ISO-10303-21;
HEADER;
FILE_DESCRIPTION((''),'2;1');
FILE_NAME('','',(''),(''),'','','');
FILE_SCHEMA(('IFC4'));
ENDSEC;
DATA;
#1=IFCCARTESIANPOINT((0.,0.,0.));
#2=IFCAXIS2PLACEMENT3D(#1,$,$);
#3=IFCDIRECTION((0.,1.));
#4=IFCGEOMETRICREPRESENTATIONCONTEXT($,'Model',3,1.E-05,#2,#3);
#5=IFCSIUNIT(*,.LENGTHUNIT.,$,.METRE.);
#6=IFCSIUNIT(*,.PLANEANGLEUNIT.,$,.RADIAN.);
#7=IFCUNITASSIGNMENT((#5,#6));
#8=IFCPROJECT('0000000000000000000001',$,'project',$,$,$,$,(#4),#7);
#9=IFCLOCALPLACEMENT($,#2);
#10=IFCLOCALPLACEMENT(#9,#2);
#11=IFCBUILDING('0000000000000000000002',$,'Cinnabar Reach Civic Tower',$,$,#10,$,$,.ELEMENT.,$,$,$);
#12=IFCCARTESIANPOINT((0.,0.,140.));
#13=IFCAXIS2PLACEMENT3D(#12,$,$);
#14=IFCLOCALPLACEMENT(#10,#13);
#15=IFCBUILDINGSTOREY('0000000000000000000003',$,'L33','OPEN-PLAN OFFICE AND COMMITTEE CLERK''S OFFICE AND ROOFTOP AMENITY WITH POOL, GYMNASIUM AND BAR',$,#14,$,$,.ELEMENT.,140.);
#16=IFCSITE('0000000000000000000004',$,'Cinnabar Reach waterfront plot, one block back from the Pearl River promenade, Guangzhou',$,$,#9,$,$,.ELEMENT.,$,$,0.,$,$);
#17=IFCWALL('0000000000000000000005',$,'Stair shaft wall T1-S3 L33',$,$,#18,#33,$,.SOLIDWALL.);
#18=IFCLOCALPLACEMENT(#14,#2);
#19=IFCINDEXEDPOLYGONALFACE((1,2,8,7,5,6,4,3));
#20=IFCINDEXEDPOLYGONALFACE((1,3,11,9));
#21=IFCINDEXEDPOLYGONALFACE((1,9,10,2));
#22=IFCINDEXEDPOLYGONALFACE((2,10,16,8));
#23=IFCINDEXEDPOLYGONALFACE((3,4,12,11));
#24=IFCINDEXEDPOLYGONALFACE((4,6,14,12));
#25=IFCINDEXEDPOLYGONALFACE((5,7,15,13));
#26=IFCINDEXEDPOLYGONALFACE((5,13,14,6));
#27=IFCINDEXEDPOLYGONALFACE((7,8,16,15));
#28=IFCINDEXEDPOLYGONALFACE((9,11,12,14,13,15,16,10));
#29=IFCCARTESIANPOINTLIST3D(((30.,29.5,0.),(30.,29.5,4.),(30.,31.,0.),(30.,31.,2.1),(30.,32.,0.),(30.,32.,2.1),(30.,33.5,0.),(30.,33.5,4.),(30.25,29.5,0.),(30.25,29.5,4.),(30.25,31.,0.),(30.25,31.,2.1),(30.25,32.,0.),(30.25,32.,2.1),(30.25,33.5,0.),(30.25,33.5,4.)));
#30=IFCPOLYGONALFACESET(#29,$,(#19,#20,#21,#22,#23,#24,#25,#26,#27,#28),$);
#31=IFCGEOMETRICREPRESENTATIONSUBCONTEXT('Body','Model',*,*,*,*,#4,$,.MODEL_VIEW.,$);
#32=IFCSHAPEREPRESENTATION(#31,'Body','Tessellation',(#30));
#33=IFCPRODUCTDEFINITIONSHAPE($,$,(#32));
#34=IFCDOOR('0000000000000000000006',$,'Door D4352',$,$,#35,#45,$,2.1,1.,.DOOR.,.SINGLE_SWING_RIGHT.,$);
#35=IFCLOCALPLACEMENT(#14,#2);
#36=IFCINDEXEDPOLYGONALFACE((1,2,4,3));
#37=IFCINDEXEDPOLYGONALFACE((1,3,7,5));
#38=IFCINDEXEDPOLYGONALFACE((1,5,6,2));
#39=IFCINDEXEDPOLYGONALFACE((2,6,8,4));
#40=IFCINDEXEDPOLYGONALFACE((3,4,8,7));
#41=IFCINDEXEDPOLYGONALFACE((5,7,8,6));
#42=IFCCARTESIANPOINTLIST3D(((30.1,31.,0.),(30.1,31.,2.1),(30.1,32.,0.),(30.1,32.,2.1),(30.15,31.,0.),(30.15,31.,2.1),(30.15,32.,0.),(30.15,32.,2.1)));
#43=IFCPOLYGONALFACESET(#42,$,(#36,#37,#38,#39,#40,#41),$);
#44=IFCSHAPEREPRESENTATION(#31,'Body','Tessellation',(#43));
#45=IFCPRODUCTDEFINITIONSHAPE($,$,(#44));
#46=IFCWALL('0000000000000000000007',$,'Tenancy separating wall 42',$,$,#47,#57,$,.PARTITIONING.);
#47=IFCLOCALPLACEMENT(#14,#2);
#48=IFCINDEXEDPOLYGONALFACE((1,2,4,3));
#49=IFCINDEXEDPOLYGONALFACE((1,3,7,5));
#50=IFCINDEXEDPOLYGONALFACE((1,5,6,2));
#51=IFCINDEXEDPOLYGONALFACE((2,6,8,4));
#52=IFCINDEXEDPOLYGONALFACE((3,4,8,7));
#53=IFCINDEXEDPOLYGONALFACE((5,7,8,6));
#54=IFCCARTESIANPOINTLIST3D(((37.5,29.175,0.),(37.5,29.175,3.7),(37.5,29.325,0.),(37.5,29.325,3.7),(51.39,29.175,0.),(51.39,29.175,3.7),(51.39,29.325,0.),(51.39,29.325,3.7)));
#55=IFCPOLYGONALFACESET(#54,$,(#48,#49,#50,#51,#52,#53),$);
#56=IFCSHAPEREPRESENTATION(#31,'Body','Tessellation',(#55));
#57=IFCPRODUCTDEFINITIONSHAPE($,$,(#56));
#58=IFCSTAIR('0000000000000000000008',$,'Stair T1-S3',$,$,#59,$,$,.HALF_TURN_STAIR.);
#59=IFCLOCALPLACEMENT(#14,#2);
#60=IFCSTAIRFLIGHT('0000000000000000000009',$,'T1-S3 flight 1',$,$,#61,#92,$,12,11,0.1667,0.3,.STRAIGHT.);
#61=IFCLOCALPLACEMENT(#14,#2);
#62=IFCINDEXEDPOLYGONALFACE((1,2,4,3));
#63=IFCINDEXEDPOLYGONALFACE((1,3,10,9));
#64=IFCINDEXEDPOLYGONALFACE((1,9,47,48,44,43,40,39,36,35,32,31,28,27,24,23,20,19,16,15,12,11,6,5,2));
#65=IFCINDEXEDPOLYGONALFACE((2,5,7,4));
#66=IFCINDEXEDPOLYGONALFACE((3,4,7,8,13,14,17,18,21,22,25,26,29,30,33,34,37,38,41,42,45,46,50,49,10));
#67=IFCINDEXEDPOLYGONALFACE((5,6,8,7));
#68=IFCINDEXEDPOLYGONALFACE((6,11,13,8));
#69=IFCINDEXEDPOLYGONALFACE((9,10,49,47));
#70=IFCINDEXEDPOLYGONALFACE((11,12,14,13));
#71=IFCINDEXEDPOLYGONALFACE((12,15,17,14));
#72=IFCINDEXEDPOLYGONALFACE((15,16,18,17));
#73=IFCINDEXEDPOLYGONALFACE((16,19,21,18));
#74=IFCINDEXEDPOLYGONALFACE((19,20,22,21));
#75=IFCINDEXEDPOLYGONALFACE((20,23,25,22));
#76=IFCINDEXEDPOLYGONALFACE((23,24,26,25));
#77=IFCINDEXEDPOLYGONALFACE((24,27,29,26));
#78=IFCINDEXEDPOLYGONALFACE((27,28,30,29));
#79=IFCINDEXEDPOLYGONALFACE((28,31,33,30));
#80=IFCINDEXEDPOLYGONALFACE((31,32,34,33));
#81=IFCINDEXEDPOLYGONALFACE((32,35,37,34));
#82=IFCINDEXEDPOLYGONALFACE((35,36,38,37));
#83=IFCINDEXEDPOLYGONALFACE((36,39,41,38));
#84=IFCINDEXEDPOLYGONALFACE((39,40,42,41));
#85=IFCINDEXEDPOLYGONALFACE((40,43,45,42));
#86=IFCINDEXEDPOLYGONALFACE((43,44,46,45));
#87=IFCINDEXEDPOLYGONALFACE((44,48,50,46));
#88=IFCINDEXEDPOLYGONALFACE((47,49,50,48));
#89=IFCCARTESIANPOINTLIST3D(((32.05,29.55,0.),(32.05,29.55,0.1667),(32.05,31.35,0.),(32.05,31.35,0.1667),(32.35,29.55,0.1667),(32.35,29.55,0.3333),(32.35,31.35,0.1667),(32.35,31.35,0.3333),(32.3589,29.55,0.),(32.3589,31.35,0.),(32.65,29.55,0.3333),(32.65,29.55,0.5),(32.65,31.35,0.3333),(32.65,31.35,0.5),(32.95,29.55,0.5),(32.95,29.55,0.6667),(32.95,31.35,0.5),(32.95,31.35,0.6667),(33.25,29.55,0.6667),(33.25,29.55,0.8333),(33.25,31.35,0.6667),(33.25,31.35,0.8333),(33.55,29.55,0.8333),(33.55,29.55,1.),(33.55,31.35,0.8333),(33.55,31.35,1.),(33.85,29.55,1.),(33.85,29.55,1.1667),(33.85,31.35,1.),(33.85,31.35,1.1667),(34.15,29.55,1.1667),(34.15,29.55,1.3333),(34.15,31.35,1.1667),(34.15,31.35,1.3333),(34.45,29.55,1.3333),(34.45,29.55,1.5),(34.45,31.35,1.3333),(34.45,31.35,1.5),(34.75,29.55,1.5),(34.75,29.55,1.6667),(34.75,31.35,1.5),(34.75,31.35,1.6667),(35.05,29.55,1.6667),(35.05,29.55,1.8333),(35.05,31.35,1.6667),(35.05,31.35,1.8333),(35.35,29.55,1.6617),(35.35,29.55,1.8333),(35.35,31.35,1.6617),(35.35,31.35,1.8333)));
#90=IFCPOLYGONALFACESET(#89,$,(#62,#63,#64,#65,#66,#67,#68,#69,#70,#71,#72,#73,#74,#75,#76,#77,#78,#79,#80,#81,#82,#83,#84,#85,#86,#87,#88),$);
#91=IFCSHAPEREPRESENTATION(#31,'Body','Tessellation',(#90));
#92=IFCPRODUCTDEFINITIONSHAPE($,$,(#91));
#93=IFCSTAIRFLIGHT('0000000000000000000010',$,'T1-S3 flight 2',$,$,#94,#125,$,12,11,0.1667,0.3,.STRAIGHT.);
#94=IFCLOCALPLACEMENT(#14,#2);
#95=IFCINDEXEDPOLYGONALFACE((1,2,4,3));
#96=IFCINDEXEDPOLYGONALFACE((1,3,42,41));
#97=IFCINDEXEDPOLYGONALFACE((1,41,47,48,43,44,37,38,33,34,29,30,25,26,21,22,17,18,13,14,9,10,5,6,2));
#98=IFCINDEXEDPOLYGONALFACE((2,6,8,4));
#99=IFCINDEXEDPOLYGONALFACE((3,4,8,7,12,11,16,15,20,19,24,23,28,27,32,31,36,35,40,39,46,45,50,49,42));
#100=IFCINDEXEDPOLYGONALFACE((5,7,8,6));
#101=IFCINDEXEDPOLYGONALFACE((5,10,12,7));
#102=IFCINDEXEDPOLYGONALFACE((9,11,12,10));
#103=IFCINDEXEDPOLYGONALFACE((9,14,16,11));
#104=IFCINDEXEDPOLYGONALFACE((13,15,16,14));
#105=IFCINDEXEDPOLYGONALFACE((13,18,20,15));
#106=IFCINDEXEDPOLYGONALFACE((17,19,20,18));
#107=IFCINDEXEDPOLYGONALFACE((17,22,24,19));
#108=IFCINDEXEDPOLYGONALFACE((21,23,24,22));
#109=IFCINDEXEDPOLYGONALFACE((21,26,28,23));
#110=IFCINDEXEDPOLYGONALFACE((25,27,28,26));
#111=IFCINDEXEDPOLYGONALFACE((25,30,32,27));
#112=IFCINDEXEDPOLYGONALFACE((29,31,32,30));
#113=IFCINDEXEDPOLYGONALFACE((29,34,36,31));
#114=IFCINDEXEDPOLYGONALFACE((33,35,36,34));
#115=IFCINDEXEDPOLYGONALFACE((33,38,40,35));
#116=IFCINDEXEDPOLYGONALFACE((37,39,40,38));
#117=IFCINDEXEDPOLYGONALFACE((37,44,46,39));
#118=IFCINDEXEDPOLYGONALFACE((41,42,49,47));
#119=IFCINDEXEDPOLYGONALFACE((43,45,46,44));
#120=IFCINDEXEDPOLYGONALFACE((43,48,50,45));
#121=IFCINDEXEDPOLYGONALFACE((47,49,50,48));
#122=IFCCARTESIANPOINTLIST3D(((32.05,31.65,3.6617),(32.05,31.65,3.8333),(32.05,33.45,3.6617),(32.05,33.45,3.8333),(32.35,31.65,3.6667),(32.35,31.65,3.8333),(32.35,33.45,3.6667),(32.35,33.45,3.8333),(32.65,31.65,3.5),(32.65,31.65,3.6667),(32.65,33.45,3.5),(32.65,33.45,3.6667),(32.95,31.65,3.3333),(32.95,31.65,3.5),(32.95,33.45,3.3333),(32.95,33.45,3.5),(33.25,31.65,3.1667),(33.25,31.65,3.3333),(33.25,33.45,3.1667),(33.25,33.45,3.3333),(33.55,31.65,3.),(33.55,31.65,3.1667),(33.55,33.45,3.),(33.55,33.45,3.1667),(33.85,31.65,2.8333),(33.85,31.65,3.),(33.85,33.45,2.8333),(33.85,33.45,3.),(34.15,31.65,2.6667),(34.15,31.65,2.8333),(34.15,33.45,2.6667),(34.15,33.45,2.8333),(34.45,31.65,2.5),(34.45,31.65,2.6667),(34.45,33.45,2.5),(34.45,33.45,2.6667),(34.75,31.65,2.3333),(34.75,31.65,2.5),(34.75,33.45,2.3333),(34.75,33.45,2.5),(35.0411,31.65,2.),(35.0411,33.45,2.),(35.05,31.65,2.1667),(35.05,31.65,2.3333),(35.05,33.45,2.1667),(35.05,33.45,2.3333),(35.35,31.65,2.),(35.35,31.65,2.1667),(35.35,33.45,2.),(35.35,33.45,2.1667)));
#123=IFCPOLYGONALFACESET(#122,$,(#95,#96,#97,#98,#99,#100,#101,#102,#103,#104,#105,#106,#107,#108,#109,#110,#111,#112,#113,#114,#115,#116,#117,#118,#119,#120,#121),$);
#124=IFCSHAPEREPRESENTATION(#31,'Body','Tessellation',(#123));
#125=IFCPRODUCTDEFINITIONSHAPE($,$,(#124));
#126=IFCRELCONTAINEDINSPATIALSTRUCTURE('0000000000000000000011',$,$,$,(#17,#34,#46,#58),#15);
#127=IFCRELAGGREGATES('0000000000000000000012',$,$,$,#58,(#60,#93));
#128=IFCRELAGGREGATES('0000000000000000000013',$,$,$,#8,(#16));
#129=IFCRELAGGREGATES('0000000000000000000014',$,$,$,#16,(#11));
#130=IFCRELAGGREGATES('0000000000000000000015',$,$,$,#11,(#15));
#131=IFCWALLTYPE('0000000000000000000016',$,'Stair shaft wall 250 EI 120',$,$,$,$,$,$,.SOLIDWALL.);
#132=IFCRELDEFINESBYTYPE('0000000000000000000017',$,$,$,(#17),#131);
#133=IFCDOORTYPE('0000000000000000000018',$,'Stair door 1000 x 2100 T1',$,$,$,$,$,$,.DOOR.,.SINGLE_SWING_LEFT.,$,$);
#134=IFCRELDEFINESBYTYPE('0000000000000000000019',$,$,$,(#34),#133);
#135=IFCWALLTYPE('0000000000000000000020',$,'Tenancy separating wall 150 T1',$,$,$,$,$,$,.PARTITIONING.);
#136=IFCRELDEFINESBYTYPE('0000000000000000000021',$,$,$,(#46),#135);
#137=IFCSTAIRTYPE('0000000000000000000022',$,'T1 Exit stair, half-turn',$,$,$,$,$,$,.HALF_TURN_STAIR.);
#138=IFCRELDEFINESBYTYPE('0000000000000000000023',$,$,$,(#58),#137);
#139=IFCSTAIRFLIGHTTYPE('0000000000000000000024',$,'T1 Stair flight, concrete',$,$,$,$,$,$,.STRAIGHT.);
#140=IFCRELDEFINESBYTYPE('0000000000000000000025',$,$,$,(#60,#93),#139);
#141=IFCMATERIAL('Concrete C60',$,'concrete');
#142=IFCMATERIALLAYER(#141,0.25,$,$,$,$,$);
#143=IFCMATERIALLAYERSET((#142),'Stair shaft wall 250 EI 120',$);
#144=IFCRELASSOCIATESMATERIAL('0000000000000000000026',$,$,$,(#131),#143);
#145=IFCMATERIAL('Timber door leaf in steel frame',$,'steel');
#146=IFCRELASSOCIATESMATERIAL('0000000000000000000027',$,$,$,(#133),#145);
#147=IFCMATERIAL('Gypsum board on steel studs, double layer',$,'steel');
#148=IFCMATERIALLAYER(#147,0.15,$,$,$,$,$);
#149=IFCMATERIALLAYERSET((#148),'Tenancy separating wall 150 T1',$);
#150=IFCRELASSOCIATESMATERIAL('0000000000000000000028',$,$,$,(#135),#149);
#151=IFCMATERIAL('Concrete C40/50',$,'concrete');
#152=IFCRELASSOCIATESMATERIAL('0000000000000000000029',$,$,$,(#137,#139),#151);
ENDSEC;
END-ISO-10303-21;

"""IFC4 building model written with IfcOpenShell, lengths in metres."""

from ifc_helpers import new_model, si_unit, direction, frame, frame_2d, origin, place, context, subcontext, project, spatial, polyline, rectangle, outline, extrude, material, layer, layer_set, type_object, element, fill, aggregate, save


model = new_model("IFC4")

# Units and contexts
model_context = context("Model", 3, precision=1e-05, world=origin(), true_north=direction((0.0, 1.0)))
body_context = subcontext(model_context, "Body", "Model", "MODEL_VIEW")
ifc_project = project(units=[si_unit("LENGTHUNIT", "METRE"), si_unit("PLANEANGLEUNIT", "RADIAN")], contexts=[model_context])

# Site, building, storey
site_placement = place(None, origin())
site = spatial("IfcSite", under=ifc_project, at=site_placement, Name="Cinnabar Reach waterfront plot, one block back from the Pearl River promenade, Guangzhou", CompositionType="ELEMENT", RefElevation=0.0)
building_placement = place(site_placement, origin())
building = spatial("IfcBuilding", under=site, at=building_placement, Name="Cinnabar Reach Civic Tower", CompositionType="ELEMENT")
storey_placement = place(building_placement, frame((0.0, 0.0, 140.0)))
storey = spatial("IfcBuildingStorey", under=building, at=storey_placement, Name="L33", Description="OPEN-PLAN OFFICE AND COMMITTEE CLERK'S OFFICE AND ROOFTOP AMENITY WITH POOL, GYMNASIUM AND BAR", CompositionType="ELEMENT", Elevation=140.0)

# Shared definitions
ifc_material_1 = material(Name="Concrete C60", Category="concrete")
ifc_layer_1 = layer(ifc_material_1, 0.25)
ifc_layer_set_1 = layer_set([ifc_layer_1], Name="Stair shaft wall 250 EI 120")
wall_type_1 = type_object("IfcWallType", Name="Stair shaft wall 250 EI 120", PredefinedType="SOLIDWALL", material=ifc_layer_set_1)

# Wall, opening, door
wall_1_placement = place(storey_placement, frame((30.125, 33.5, 0.0), z_axis=(0.0, 0.0, 1.0), x_axis=(0.0, -1.0, 0.0)))
wall_1 = element("IfcWall", 1, at=wall_1_placement, inside=storey, type_object=wall_type_1, Name="Stair shaft wall T1-S3 L33", PredefinedType="SOLIDWALL", context=body_context, shape_type="SweptSolid", body=[
    extrude(rectangle(XDim=4.0, YDim=0.25, at=frame_2d((2.0, 0.0))), origin(), (0.0, 0.0, 1.0), 4.0),
])
opening_placement = place(wall_1_placement, frame((1.5, 0.0, 0.0)))
opening = element("IfcOpeningElement", 2, at=opening_placement, cuts=wall_1, PredefinedType="OPENING", context=body_context, shape_type="SweptSolid", body=[
    extrude(rectangle(XDim=1.0, YDim=2.1, at=frame_2d((0.5, 1.05))), frame((0.0, 0.135, 0.0), z_axis=(0.0, -1.0, 0.0), x_axis=(1.0, 0.0, 0.0)), (0.0, 0.0, 1.0), 0.27),
])
ifc_material_2 = material(Name="Timber door leaf in steel frame", Category="steel")
door_type = type_object("IfcDoorType", Name="Stair door 1000 x 2100 T1", OperationType="SINGLE_SWING_LEFT", PredefinedType="DOOR", material=ifc_material_2)
door_placement = place(opening_placement, origin())
door = element("IfcDoor", 3, at=door_placement, inside=storey, type_object=door_type, Name="Door D4352", OperationType="SINGLE_SWING_RIGHT", OverallHeight=2.1, OverallWidth=1.0, PredefinedType="DOOR", context=body_context, shape_type="SweptSolid", body=[
    extrude(rectangle(XDim=1.0, YDim=2.1, at=frame_2d((0.5, 1.05))), frame((0.0, 0.025, 0.0), z_axis=(0.0, -1.0, 0.0), x_axis=(1.0, 0.0, 0.0)), (0.0, 0.0, 1.0), 0.05),
])
fill(opening, door)

# Wall
ifc_material_3 = material(Name="Gypsum board on steel studs, double layer", Category="steel")
ifc_layer_2 = layer(ifc_material_3, 0.15)
ifc_layer_set_2 = layer_set([ifc_layer_2], Name="Tenancy separating wall 150 T1")
wall_type_2 = type_object("IfcWallType", Name="Tenancy separating wall 150 T1", PredefinedType="PARTITIONING", material=ifc_layer_set_2)
wall_2_placement = place(storey_placement, frame((37.5, 29.25, 0.0), z_axis=(0.0, 0.0, 1.0), x_axis=(1.0, 0.0, 0.0)))
element("IfcWall", 4, at=wall_2_placement, inside=storey, type_object=wall_type_2, Name="Tenancy separating wall 42", PredefinedType="PARTITIONING", context=body_context, shape_type="SweptSolid", body=[
    extrude(rectangle(XDim=13.89, YDim=0.15, at=frame_2d((6.945, 0.0))), origin(), (0.0, 0.0, 1.0), 3.7),
])

# Stair, stair flights
ifc_material_4 = material(Name="Concrete C40/50", Category="concrete")
stair_type = type_object("IfcStairType", Name="T1 Exit stair, half-turn", PredefinedType="HALF_TURN_STAIR", material=ifc_material_4)
stair_placement = place(storey_placement, origin())
stair = element("IfcStair", 5, at=stair_placement, inside=storey, type_object=stair_type, Name="Stair T1-S3", PredefinedType="HALF_TURN_STAIR")
stair_flight_type = type_object("IfcStairFlightType", Name="T1 Stair flight, concrete", PredefinedType="STRAIGHT", material=ifc_material_4)
stair_flight_1_placement = place(storey_placement, frame((32.05, 30.45, 0.0), z_axis=(0.0, 0.0, 1.0), x_axis=(1.0, 0.0, 0.0)))
stair_flight_1 = element("IfcStairFlight", 6, at=stair_flight_1_placement, type_object=stair_flight_type, Name="T1-S3 flight 1", NumberOfRisers=12, NumberOfTreads=11, PredefinedType="STRAIGHT", RiserHeight=0.1667, TreadLength=0.3, context=body_context, shape_type="SweptSolid", body=[
    extrude(outline(polyline([(0.0, 0.0), (0.0, 0.1667), (0.3, 0.1667), (0.3, 0.3333), (0.6, 0.3333), (0.6, 0.5), (0.9, 0.5), (0.9, 0.6667), (1.2, 0.6667), (1.2, 0.8333), (1.5, 0.8333), (1.5, 1.0), (1.8, 1.0), (1.8, 1.1667), (2.1, 1.1667), (2.1, 1.3333), (2.4, 1.3333), (2.4, 1.5), (2.7, 1.5), (2.7, 1.6667), (3.0, 1.6667), (3.0, 1.8333), (3.3, 1.8333), (3.3, 2.0), (3.3, 1.6617), (0.3089, 0.0), (0.0, 0.0)])), frame((0.0, 0.9, 0.0), z_axis=(0.0, -1.0, 0.0), x_axis=(1.0, 0.0, 0.0)), (0.0, 0.0, 1.0), 1.8),
])
stair_flight_2_placement = place(storey_placement, frame((35.35, 32.55, 2.0), z_axis=(0.0, 0.0, 1.0), x_axis=(-1.0, 0.0, 0.0)))
stair_flight_2 = element("IfcStairFlight", 7, at=stair_flight_2_placement, type_object=stair_flight_type, Name="T1-S3 flight 2", NumberOfRisers=12, NumberOfTreads=11, PredefinedType="STRAIGHT", RiserHeight=0.1667, TreadLength=0.3, context=body_context, shape_type="SweptSolid", body=[
    extrude(outline(polyline([(0.0, 0.0), (0.0, 0.1667), (0.3, 0.1667), (0.3, 0.3333), (0.6, 0.3333), (0.6, 0.5), (0.9, 0.5), (0.9, 0.6667), (1.2, 0.6667), (1.2, 0.8333), (1.5, 0.8333), (1.5, 1.0), (1.8, 1.0), (1.8, 1.1667), (2.1, 1.1667), (2.1, 1.3333), (2.4, 1.3333), (2.4, 1.5), (2.7, 1.5), (2.7, 1.6667), (3.0, 1.6667), (3.0, 1.8333), (3.3, 1.8333), (3.3, 2.0), (3.3, 1.6617), (0.3089, 0.0), (0.0, 0.0)])), frame((0.0, 0.9, 0.0), z_axis=(0.0, -1.0, 0.0), x_axis=(1.0, 0.0, 0.0)), (0.0, 0.0, 1.0), 1.8),
])
aggregate(stair, [stair_flight_1, stair_flight_2])

save(model, "model.ifc")
